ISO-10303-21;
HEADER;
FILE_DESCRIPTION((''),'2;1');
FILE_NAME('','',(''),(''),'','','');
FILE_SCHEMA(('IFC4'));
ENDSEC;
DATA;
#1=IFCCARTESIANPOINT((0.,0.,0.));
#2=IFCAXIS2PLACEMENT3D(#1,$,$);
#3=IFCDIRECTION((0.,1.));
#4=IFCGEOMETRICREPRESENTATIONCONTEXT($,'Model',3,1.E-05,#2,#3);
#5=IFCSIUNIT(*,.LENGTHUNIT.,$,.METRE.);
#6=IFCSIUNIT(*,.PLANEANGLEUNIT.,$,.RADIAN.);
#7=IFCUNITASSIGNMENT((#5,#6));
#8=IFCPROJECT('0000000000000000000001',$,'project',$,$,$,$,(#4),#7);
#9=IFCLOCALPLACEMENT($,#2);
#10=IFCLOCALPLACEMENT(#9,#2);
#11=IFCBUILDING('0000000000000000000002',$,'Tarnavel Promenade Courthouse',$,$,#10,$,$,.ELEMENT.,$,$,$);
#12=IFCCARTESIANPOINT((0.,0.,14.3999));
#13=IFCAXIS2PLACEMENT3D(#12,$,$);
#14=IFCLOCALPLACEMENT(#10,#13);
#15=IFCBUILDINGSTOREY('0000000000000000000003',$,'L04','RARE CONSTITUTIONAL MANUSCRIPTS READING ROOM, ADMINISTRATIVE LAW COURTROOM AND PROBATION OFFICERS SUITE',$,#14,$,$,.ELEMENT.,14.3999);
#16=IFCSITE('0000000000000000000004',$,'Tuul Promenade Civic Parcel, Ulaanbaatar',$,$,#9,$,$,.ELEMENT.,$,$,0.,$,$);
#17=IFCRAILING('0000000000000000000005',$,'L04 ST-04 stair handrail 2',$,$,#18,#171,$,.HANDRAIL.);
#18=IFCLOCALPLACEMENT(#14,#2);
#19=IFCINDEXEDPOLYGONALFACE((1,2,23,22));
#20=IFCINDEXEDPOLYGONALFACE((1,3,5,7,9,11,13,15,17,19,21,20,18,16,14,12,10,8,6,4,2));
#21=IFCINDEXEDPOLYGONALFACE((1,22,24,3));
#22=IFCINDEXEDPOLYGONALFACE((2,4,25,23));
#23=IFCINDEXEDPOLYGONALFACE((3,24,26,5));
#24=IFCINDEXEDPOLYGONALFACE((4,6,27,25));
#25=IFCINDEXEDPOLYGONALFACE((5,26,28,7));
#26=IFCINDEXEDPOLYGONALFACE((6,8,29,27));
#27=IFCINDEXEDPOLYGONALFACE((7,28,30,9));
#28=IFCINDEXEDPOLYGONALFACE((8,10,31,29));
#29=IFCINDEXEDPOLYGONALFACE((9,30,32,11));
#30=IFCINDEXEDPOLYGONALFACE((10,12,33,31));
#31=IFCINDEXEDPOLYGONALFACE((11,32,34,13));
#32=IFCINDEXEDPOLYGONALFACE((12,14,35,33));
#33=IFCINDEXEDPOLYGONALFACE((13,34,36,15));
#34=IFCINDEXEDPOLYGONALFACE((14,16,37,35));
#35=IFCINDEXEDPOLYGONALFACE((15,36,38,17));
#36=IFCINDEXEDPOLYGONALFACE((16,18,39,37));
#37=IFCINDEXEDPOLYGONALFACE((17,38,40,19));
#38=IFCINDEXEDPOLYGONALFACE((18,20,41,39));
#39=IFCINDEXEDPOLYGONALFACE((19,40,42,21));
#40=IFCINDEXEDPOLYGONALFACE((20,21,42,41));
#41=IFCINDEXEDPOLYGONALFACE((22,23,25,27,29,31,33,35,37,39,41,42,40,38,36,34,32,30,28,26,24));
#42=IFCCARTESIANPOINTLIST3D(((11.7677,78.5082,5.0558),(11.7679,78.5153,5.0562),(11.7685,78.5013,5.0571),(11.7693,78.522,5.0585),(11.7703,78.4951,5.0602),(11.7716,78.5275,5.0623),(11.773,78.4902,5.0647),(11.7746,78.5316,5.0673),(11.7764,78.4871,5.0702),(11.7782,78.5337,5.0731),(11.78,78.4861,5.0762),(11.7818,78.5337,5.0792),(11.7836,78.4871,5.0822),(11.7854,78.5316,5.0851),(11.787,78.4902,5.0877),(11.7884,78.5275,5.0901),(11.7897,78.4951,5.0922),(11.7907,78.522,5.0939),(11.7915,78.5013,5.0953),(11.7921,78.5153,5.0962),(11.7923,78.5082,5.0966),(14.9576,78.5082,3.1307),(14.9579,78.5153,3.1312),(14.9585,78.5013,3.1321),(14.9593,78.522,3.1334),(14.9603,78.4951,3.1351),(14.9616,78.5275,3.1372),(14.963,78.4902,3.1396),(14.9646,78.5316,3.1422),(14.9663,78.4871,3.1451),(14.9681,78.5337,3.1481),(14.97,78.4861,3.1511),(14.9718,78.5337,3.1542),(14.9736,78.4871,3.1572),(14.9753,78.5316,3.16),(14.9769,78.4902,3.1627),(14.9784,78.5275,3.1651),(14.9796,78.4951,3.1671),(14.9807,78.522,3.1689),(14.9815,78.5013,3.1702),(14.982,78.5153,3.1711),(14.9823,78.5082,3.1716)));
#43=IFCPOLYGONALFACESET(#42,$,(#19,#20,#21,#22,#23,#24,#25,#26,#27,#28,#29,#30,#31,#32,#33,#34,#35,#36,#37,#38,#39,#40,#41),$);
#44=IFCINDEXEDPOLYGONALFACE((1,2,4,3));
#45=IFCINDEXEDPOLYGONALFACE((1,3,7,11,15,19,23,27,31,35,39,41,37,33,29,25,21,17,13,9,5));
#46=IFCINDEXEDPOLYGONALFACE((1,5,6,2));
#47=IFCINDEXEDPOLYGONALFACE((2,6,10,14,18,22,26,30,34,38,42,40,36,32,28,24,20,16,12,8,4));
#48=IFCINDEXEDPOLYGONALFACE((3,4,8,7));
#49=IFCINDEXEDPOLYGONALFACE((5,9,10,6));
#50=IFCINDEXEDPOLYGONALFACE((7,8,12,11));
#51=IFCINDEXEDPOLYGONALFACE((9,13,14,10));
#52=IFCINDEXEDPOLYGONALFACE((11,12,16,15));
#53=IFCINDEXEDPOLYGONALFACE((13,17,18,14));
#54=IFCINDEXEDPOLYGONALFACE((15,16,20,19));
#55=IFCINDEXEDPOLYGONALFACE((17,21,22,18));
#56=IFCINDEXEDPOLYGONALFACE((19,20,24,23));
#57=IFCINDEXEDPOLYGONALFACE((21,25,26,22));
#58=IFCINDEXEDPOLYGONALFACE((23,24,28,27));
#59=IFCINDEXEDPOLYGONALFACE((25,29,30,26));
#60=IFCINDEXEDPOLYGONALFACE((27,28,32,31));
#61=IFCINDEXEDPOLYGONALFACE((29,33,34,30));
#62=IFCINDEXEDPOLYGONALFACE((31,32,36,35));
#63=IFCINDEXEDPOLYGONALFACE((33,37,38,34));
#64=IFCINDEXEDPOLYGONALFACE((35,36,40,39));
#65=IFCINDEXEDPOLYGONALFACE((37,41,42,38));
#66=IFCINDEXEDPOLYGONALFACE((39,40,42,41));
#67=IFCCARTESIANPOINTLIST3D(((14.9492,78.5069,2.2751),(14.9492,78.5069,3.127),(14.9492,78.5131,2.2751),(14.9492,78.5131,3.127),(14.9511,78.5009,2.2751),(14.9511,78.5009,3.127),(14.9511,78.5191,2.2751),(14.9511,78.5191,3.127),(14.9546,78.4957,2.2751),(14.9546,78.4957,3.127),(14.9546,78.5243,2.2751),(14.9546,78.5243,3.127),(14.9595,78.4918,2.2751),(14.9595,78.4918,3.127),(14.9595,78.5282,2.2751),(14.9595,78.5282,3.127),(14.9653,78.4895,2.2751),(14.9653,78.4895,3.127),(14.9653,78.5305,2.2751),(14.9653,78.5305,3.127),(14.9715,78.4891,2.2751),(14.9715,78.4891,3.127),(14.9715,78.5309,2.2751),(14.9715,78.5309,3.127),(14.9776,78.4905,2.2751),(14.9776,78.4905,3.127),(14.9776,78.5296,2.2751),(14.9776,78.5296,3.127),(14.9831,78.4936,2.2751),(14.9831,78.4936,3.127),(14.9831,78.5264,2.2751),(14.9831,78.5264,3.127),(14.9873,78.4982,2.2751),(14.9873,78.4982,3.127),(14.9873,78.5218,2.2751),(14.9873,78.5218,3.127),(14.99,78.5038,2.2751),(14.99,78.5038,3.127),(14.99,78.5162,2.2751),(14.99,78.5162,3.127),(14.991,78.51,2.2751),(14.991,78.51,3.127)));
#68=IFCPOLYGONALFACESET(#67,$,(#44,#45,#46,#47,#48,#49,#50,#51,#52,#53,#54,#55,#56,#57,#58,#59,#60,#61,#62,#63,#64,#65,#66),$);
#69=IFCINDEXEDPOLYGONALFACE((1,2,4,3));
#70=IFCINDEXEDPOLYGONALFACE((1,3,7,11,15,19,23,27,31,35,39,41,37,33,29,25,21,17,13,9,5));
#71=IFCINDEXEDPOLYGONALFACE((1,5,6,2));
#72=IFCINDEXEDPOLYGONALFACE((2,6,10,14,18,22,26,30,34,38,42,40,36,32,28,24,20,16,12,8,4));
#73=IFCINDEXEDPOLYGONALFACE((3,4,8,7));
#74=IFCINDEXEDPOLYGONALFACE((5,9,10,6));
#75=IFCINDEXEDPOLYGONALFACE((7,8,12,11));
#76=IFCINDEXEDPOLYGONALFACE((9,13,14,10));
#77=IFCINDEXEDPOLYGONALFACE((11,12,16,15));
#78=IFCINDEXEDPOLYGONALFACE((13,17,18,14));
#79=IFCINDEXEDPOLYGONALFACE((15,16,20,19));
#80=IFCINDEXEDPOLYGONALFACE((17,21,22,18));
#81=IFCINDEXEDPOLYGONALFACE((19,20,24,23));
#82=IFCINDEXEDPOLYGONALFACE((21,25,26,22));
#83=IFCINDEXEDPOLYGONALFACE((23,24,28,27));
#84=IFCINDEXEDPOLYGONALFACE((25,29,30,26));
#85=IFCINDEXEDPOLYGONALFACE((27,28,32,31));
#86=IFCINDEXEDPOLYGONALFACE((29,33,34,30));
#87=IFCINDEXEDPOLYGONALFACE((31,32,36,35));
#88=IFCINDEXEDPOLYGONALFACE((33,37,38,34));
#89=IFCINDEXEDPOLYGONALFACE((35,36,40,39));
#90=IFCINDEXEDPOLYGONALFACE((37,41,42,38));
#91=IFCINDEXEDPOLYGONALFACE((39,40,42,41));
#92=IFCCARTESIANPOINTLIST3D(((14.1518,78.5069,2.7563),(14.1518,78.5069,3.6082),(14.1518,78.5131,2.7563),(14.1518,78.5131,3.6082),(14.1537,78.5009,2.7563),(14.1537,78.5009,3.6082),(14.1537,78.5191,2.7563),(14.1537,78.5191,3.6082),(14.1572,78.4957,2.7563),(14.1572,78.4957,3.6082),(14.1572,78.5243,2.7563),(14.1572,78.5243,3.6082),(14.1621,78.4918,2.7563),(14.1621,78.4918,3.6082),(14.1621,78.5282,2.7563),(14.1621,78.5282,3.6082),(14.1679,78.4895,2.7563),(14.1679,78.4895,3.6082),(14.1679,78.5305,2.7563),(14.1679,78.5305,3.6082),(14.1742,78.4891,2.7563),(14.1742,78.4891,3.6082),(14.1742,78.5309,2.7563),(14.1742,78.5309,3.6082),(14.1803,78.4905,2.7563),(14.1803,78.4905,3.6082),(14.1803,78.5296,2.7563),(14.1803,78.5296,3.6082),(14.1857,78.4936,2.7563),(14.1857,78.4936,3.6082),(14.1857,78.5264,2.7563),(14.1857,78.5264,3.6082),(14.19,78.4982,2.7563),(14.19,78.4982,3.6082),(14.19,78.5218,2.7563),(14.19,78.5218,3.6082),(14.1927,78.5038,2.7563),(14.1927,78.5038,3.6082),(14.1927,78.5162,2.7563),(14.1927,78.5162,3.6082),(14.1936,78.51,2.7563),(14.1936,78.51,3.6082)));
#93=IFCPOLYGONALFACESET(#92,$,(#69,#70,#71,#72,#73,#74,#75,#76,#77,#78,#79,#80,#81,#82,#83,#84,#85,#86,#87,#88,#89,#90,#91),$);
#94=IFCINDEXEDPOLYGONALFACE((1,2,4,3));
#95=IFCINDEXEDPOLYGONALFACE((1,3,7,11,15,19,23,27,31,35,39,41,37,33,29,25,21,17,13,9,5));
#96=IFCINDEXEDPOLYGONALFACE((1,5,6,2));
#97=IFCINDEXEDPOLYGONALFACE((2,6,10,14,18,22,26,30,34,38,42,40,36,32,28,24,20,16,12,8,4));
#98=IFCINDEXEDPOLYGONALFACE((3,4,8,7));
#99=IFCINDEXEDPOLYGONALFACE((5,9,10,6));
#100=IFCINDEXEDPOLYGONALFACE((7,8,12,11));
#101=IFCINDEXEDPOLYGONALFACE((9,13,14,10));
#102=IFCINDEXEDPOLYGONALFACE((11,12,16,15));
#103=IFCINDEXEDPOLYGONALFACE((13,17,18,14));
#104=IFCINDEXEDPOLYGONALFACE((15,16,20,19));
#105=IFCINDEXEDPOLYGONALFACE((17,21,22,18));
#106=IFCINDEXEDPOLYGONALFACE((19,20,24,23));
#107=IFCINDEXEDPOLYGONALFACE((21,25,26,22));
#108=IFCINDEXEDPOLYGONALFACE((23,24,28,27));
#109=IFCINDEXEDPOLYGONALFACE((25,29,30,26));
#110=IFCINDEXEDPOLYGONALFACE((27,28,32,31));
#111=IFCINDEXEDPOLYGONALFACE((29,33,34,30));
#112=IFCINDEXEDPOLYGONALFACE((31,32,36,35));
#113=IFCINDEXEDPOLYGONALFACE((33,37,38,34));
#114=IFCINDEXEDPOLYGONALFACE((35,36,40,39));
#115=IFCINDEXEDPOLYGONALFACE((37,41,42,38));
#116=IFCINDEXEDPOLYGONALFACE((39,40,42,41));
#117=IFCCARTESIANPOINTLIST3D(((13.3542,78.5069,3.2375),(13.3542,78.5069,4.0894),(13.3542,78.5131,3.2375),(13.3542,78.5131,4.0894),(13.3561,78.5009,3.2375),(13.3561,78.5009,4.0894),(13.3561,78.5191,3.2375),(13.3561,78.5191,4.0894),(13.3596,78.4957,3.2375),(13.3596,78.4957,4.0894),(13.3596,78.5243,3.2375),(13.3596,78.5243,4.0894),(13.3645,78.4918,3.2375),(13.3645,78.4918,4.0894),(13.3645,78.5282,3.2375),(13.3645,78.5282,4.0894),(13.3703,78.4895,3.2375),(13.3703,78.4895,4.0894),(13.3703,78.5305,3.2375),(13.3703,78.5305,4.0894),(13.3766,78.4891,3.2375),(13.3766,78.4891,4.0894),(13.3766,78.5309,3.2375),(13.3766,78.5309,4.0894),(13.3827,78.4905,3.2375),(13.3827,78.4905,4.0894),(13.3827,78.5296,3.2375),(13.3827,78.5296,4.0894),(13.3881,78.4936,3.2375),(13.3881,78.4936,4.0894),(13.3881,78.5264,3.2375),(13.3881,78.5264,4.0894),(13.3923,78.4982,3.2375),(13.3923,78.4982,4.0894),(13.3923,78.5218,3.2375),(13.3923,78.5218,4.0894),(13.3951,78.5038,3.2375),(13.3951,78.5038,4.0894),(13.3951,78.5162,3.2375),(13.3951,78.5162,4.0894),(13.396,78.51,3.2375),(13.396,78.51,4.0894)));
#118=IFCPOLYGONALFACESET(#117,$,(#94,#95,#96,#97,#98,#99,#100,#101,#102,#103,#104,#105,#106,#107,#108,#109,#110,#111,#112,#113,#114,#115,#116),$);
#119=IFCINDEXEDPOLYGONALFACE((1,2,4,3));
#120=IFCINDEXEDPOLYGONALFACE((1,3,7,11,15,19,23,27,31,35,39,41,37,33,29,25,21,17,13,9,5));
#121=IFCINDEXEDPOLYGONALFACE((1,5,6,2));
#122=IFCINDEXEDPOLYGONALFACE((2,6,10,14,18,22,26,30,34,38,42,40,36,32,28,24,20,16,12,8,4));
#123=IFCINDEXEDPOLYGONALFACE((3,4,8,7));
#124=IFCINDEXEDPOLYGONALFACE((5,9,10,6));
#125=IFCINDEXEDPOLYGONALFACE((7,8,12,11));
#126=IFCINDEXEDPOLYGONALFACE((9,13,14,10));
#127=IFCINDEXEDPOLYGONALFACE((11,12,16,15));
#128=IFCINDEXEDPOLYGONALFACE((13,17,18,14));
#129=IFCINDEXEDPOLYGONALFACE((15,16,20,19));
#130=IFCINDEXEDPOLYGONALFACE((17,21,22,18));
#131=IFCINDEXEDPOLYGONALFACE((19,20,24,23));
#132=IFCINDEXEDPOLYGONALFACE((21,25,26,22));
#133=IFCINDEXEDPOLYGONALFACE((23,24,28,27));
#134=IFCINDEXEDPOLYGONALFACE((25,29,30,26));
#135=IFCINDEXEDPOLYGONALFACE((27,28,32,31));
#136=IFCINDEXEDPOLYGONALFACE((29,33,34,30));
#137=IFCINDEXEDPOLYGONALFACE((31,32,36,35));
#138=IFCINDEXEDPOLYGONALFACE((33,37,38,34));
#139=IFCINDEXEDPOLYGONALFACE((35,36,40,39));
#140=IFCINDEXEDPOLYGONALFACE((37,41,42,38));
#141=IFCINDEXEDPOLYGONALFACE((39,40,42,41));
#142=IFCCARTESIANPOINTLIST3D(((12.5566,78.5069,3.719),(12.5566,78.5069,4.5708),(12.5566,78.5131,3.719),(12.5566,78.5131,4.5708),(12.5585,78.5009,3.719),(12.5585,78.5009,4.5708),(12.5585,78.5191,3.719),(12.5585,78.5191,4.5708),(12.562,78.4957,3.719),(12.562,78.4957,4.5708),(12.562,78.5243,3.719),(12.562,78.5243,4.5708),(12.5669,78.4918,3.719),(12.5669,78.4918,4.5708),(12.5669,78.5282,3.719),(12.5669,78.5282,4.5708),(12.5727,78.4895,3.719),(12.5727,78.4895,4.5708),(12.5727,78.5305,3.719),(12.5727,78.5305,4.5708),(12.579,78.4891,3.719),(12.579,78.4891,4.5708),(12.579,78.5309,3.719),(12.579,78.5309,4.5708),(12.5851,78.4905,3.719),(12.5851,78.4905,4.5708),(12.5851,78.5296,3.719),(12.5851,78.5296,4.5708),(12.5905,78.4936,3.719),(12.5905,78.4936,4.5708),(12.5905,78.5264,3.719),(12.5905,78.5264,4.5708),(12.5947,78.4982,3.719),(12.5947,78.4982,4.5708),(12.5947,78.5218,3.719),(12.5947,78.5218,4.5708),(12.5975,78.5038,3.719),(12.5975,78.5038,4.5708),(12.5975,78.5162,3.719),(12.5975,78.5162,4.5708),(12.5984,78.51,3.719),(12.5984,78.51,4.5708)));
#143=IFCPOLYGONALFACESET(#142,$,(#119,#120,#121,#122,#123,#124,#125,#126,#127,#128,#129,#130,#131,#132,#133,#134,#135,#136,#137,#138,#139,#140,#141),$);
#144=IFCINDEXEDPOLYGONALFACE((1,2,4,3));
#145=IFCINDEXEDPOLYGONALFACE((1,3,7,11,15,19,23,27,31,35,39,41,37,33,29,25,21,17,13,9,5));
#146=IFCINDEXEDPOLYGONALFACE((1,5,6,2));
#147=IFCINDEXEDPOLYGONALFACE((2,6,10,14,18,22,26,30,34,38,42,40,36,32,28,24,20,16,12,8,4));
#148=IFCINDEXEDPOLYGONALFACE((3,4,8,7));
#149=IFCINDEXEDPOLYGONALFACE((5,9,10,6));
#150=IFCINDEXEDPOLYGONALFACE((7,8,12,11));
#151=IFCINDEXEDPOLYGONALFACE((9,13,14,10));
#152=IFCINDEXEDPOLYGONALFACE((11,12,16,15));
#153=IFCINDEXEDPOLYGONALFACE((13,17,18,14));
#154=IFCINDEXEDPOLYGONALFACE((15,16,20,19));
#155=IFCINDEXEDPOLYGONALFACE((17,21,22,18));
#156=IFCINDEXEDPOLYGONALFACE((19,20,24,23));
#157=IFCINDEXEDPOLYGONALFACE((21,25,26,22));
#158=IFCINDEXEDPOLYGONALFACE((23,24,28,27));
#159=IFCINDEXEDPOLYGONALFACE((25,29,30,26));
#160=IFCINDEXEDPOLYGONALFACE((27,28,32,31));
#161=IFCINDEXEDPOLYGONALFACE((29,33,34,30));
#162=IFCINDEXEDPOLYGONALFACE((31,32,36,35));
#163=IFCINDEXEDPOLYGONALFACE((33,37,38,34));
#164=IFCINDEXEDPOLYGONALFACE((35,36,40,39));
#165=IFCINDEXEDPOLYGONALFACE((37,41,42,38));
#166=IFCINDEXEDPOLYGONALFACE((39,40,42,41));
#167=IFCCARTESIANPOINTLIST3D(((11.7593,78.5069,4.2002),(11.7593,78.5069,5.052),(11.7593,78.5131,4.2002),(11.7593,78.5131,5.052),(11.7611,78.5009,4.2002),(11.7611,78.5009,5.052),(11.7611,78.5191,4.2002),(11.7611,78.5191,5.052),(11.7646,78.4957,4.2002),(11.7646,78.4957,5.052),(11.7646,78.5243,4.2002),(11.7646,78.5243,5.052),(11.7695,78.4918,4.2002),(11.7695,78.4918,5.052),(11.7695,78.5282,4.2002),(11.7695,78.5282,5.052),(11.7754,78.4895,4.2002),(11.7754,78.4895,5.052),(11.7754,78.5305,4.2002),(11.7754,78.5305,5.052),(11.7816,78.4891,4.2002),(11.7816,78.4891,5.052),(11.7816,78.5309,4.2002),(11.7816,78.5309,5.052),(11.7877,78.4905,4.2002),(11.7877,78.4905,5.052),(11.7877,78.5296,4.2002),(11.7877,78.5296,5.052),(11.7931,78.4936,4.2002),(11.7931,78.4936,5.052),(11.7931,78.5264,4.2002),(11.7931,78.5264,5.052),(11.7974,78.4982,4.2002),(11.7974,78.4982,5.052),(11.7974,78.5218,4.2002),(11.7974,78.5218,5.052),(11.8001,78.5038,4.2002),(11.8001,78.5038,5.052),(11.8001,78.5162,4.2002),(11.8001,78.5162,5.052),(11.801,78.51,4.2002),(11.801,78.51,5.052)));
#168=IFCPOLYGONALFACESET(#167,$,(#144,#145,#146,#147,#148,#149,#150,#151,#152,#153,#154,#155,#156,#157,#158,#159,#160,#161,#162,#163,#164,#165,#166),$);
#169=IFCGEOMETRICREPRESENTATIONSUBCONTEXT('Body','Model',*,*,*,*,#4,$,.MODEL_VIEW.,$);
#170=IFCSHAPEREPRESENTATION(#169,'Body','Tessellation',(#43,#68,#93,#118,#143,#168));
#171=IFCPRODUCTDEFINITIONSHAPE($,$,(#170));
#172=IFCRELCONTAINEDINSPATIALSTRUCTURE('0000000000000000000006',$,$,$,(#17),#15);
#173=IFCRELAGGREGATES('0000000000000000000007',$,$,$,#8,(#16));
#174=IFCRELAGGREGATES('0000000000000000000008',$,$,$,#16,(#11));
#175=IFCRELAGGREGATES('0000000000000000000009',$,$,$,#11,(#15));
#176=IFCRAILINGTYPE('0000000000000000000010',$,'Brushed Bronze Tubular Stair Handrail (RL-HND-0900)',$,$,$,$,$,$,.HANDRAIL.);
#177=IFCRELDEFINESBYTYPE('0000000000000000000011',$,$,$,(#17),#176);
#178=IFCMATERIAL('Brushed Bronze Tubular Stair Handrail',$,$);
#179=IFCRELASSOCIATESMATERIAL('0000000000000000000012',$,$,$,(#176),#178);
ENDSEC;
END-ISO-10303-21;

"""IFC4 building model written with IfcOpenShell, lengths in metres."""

from ifc_helpers import new_model, si_unit, direction, frame, origin, origin_2d, place, context, subcontext, project, spatial, circle, extrude, material, type_object, element, save


model = new_model("IFC4")

# Units and contexts
model_context = context("Model", 3, precision=1e-05, world=origin(), true_north=direction((0.0, 1.0)))
body_context = subcontext(model_context, "Body", "Model", "MODEL_VIEW")
ifc_project = project(units=[si_unit("LENGTHUNIT", "METRE"), si_unit("PLANEANGLEUNIT", "RADIAN")], contexts=[model_context])

# Site, building, storey
site_placement = place(None, origin())
site = spatial("IfcSite", under=ifc_project, at=site_placement, Name="Tuul Promenade Civic Parcel, Ulaanbaatar", CompositionType="ELEMENT", RefElevation=0.0)
building_placement = place(site_placement, origin())
building = spatial("IfcBuilding", under=site, at=building_placement, Name="Tarnavel Promenade Courthouse", CompositionType="ELEMENT")
storey_placement = place(building_placement, frame((0.0, 0.0, 14.3999)))
storey = spatial("IfcBuildingStorey", under=building, at=storey_placement, Name="L04", Description="RARE CONSTITUTIONAL MANUSCRIPTS READING ROOM, ADMINISTRATIVE LAW COURTROOM AND PROBATION OFFICERS SUITE", CompositionType="ELEMENT", Elevation=14.3999)

# Railing
ifc_material_1 = material(Name="Brushed Bronze Tubular Stair Handrail")
railing_type_1 = type_object("IfcRailingType", Name="Brushed Bronze Tubular Stair Handrail (RL-HND-0900)", PredefinedType="HANDRAIL", material=ifc_material_1)
railing_1_placement = place(storey_placement, frame((14.97, 78.51, 2.2751)))
element("IfcRailing", 1, at=railing_1_placement, inside=storey, type_object=railing_type_1, Name="L04 ST-04 stair handrail 2", PredefinedType="HANDRAIL", context=body_context, shape_type="SweptSolid", body=[
    extrude(circle(Radius=0.0239, at=origin_2d()), frame((0.0, 0.0, 0.876), z_axis=(-0.856178, 0.0, 0.516682), x_axis=(0.0, -1.0, 0.0)), (0.0, 0.0, 1.0), 3.7258),
    extrude(circle(Radius=0.021, at=origin_2d()), origin(), (0.0, 0.0, 1.0), 0.8518),
    extrude(circle(Radius=0.021, at=origin_2d()), frame((-0.7974, 0.0, 0.4812)), (0.0, 0.0, 1.0), 0.8518),
    extrude(circle(Radius=0.021, at=origin_2d()), frame((-1.595, 0.0, 0.9624)), (0.0, 0.0, 1.0), 0.8518),
    extrude(circle(Radius=0.021, at=origin_2d()), frame((-2.3926, 0.0, 1.4438)), (0.0, 0.0, 1.0), 0.8518),
    extrude(circle(Radius=0.021, at=origin_2d()), frame((-3.1899, 0.0, 1.925)), (0.0, 0.0, 1.0), 0.8518),
])

save(model, "model.ifc")
